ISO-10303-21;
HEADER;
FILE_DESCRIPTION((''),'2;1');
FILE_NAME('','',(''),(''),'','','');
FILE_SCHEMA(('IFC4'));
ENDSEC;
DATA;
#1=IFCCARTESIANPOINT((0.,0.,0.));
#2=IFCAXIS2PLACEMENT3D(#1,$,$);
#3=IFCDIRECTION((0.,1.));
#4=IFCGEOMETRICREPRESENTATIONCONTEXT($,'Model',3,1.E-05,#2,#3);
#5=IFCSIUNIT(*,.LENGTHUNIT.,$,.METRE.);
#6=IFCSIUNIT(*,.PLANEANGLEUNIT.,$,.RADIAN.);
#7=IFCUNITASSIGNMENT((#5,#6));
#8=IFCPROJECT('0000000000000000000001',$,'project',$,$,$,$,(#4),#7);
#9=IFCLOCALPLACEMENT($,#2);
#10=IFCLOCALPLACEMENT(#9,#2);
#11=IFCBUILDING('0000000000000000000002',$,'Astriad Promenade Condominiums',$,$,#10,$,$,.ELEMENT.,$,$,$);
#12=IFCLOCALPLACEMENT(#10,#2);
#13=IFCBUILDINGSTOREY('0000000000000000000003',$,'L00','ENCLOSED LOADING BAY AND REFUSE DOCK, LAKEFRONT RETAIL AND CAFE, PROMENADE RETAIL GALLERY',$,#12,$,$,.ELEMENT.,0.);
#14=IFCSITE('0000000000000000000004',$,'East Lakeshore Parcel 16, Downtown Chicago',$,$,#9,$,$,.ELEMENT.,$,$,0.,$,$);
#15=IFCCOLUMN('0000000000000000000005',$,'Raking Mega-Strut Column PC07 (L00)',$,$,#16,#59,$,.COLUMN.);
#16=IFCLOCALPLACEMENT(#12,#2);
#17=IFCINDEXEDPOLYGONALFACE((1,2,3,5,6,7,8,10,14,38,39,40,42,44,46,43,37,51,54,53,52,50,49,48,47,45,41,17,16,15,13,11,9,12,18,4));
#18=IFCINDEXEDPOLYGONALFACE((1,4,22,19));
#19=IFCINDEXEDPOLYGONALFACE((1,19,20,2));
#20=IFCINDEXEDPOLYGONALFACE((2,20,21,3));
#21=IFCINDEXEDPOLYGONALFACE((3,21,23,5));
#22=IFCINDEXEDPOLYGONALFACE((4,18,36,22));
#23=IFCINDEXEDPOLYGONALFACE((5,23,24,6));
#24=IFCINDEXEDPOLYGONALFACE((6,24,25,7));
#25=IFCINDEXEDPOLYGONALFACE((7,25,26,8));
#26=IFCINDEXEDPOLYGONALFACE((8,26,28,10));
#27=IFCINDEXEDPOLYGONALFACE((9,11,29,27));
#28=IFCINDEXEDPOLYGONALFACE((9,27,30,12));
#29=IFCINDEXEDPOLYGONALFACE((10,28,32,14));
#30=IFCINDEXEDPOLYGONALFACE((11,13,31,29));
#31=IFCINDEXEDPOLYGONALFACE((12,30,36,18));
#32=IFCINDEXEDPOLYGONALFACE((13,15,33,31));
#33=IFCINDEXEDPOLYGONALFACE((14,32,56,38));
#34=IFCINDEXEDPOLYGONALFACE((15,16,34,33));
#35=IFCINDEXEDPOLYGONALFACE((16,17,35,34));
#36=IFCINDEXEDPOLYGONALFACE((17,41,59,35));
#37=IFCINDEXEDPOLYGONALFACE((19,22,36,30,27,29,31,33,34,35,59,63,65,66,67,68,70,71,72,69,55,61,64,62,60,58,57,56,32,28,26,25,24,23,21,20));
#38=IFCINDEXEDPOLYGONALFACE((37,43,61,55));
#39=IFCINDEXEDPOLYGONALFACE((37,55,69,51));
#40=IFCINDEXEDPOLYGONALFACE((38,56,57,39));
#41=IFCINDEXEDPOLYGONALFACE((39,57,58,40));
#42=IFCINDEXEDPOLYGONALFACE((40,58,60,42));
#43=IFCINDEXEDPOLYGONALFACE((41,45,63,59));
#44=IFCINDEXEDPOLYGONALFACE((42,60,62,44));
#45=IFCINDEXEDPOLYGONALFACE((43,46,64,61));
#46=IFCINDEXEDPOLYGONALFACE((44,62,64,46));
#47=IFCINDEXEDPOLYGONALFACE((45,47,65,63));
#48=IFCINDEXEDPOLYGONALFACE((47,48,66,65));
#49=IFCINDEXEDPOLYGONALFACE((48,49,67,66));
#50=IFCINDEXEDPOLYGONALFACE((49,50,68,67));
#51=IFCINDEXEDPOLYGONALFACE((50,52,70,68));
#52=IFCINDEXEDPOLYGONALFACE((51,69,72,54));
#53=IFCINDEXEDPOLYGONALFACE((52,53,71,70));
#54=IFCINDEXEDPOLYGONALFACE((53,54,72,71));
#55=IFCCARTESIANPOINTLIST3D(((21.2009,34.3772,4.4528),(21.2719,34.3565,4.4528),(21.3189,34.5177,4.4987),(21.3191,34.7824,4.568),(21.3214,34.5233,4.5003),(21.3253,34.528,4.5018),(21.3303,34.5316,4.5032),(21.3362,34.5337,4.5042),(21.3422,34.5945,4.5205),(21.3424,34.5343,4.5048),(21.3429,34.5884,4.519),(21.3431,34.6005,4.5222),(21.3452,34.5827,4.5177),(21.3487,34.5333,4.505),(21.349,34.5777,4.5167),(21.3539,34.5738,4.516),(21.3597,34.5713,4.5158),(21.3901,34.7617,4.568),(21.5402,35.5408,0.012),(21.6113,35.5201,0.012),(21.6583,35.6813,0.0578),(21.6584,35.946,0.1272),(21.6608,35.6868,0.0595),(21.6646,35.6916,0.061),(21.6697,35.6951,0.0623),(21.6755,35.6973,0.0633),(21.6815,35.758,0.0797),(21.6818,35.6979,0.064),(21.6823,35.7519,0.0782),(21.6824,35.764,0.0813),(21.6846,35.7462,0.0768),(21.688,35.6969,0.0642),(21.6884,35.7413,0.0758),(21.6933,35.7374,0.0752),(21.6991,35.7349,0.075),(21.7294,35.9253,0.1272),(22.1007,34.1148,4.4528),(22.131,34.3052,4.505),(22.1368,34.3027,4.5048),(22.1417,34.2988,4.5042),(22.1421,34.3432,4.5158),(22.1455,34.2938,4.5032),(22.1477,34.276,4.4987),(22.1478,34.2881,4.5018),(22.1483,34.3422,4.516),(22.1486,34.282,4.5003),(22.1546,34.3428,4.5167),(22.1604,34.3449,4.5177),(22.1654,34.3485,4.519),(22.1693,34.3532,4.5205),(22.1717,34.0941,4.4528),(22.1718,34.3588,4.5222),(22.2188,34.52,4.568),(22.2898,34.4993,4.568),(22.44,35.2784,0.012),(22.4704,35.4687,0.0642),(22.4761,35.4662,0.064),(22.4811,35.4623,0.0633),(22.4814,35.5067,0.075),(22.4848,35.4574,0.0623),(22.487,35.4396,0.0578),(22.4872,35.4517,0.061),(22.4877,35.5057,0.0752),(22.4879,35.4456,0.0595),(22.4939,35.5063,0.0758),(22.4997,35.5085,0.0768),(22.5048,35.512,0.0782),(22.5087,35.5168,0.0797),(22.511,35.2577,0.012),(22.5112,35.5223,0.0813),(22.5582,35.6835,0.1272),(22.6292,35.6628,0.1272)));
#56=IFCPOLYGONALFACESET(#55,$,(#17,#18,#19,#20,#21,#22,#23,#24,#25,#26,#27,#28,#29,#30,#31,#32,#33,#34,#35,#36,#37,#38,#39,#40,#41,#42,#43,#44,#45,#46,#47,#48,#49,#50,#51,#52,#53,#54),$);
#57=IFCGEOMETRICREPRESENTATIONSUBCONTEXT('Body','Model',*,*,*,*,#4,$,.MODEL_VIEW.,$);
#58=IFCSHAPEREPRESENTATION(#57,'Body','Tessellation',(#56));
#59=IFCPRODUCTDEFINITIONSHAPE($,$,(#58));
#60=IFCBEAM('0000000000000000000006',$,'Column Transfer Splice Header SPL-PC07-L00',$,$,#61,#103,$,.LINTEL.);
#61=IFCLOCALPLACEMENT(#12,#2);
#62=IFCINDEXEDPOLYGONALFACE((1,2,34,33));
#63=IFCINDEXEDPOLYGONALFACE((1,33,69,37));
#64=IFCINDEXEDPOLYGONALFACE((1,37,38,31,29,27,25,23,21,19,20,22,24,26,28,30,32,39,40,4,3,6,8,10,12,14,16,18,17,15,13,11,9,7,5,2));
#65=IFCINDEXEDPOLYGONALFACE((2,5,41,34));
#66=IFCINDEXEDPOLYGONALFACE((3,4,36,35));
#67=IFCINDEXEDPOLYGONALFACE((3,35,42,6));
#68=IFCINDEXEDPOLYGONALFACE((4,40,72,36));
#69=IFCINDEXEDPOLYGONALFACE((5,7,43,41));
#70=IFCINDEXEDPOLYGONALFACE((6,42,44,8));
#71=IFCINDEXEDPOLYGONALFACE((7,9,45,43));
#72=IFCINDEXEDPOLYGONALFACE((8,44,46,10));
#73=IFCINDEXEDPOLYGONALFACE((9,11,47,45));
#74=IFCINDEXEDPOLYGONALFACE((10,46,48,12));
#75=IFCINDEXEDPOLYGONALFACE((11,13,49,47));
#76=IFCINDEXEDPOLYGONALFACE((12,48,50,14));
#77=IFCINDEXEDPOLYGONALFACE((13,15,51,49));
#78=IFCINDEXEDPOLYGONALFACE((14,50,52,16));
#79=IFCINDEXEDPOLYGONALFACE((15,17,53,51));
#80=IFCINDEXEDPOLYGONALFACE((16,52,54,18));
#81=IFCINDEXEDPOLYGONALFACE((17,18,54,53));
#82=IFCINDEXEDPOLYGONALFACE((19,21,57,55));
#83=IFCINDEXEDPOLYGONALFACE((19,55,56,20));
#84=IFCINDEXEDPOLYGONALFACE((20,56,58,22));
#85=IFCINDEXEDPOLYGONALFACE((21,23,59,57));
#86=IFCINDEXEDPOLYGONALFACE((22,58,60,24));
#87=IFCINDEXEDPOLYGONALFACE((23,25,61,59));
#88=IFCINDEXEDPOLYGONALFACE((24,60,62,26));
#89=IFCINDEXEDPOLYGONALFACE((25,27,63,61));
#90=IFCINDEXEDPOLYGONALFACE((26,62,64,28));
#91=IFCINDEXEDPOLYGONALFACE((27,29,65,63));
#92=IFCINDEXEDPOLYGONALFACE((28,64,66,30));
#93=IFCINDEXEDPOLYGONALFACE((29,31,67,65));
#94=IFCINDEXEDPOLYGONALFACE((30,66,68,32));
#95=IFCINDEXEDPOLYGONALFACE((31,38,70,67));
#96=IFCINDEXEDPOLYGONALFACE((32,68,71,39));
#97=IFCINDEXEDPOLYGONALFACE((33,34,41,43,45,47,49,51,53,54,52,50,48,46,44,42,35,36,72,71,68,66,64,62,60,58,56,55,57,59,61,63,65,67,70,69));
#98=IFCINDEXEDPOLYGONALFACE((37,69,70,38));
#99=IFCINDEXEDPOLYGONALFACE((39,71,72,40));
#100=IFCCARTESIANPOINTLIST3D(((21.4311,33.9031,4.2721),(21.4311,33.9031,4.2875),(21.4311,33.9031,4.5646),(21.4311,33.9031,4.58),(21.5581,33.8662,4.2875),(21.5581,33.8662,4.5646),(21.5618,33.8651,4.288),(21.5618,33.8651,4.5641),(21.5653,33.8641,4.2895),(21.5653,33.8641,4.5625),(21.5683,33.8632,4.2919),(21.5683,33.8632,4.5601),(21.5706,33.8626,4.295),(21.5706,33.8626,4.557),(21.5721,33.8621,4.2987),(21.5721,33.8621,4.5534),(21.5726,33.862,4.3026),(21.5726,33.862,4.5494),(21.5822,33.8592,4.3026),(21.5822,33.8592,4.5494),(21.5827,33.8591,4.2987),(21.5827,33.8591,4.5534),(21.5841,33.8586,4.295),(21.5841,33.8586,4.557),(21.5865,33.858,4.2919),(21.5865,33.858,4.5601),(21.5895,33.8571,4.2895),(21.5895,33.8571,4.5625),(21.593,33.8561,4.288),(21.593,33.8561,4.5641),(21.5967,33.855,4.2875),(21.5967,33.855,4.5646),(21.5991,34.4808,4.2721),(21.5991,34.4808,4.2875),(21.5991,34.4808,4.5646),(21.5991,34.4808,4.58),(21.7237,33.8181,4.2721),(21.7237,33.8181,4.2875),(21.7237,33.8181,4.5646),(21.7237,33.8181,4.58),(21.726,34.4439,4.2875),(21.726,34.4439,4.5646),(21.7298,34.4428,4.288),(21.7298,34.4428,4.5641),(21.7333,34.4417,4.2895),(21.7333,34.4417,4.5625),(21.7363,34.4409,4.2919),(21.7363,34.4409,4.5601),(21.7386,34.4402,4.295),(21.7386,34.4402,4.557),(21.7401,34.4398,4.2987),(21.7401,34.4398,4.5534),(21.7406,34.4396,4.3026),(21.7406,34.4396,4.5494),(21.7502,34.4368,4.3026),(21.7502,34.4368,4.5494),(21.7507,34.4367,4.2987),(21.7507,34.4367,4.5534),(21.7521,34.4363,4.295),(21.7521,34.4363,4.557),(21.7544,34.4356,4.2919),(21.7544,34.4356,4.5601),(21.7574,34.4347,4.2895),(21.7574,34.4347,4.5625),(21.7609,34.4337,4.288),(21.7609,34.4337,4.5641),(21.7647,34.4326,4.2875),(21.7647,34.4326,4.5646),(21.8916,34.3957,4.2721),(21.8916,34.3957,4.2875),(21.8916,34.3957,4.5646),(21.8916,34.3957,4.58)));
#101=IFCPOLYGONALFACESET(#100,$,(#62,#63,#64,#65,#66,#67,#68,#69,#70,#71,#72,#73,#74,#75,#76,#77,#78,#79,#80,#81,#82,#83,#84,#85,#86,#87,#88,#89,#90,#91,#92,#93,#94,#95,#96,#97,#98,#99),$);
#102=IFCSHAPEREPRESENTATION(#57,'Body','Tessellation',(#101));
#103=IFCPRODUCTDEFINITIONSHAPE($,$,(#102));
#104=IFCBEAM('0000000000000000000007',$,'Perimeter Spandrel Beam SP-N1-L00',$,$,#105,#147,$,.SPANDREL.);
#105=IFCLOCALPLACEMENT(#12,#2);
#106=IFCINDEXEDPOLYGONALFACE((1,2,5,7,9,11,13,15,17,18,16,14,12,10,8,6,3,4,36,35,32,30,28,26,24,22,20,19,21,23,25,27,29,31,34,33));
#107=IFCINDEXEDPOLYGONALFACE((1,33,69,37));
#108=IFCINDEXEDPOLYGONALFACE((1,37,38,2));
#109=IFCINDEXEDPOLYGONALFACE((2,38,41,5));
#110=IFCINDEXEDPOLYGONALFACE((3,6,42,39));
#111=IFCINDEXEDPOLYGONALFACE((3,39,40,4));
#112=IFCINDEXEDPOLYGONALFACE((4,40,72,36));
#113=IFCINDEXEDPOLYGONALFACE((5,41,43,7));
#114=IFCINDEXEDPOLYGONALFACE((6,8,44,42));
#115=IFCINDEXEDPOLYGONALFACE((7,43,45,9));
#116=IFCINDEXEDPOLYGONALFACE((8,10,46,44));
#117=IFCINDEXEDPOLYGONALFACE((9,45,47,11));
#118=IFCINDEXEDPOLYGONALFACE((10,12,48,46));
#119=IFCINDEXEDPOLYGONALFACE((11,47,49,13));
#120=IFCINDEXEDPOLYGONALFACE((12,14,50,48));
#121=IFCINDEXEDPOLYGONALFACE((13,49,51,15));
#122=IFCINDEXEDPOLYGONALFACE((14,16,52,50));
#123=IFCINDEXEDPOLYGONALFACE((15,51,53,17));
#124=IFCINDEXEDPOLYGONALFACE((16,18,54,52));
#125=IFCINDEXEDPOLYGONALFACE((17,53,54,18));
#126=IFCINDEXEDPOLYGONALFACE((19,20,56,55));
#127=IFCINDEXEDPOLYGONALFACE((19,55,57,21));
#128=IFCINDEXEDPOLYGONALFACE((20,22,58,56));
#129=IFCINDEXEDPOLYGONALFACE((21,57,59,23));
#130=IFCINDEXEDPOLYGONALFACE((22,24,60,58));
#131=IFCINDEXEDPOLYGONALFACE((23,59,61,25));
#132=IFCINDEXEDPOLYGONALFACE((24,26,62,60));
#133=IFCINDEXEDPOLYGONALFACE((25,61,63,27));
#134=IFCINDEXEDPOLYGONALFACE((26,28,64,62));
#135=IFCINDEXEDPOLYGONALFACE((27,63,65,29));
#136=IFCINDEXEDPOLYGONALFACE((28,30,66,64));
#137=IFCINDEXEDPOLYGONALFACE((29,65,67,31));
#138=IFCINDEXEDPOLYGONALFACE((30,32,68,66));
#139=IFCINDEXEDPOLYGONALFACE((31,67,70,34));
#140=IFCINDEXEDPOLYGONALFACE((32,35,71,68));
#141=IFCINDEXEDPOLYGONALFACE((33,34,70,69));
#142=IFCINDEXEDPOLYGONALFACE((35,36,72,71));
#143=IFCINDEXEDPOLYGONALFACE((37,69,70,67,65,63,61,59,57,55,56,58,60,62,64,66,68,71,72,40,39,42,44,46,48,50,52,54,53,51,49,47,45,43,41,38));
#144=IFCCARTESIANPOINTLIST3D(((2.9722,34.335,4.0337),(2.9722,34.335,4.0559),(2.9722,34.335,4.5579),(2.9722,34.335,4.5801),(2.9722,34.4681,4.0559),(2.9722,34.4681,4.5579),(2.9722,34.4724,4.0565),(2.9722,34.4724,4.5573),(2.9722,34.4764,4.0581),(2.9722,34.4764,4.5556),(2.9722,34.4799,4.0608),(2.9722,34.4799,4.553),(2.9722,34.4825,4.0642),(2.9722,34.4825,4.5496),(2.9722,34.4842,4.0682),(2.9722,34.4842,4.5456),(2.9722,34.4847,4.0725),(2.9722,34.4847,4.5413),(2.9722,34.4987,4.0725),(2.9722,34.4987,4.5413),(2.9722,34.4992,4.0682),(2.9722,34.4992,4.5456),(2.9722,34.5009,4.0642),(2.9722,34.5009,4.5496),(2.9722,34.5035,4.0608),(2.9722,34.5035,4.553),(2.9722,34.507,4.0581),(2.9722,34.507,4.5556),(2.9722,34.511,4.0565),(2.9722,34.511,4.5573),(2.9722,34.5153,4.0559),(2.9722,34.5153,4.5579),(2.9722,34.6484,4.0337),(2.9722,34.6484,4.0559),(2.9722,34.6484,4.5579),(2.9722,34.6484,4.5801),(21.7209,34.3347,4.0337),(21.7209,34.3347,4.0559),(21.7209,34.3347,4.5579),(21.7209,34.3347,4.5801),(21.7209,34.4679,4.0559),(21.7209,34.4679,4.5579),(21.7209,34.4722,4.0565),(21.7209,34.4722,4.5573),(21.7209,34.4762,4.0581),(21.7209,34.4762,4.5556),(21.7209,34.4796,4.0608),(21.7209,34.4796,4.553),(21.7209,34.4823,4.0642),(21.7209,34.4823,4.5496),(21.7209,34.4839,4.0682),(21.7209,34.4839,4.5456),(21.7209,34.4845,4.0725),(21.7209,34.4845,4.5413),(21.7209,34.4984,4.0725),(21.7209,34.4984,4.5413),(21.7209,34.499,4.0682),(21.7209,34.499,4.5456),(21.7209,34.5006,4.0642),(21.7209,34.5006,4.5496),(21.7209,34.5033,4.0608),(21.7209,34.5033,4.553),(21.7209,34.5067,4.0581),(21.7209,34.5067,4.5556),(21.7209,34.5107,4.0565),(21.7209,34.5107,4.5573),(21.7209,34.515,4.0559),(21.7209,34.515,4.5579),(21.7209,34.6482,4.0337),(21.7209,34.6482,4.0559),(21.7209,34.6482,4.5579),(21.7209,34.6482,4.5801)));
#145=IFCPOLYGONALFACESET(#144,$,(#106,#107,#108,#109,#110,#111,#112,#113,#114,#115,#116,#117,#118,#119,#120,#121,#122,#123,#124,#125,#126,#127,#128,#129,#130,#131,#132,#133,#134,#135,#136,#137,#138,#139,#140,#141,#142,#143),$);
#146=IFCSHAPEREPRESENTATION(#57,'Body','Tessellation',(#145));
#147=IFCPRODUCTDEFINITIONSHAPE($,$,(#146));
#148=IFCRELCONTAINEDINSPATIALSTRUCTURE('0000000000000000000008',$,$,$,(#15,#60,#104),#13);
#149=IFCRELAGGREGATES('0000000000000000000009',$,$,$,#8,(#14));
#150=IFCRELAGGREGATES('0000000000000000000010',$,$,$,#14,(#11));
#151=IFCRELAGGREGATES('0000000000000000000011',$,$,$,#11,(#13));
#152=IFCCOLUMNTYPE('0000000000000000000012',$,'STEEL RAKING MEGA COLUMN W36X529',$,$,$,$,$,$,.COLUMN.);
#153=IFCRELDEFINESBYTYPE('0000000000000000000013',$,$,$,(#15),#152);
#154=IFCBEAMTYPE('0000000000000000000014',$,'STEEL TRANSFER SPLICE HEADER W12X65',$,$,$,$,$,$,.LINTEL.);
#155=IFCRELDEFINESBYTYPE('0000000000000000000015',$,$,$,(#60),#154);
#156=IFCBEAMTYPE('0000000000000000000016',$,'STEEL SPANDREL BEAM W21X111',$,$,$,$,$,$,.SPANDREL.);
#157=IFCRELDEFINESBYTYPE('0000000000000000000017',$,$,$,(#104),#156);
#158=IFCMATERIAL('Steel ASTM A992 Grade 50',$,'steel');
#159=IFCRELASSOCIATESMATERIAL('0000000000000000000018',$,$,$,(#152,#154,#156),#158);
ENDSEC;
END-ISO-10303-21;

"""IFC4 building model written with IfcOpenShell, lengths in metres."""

from ifc_helpers import new_model, si_unit, direction, frame, origin, origin_2d, place, context, subcontext, project, spatial, i_section, extrude, source, transform, mapped, material, material_profile, profile_set, type_object, type_shapes, element, save


model = new_model("IFC4")

# Units and contexts
model_context = context("Model", 3, precision=1e-05, world=origin(), true_north=direction((0.0, 1.0)))
body_context = subcontext(model_context, "Body", "Model", "MODEL_VIEW")
ifc_project = project(units=[si_unit("LENGTHUNIT", "METRE"), si_unit("PLANEANGLEUNIT", "RADIAN")], contexts=[model_context])

# Site, building, storey
site_placement = place(None, origin())
site = spatial("IfcSite", under=ifc_project, at=site_placement, Name="East Lakeshore Parcel 16, Downtown Chicago", CompositionType="ELEMENT", RefElevation=0.0)
building_placement = place(site_placement, origin())
building = spatial("IfcBuilding", under=site, at=building_placement, Name="Astriad Promenade Condominiums", CompositionType="ELEMENT")
storey_placement = place(building_placement, origin())
storey = spatial("IfcBuildingStorey", under=building, at=storey_placement, Name="L00", Description="ENCLOSED LOADING BAY AND REFUSE DOCK, LAKEFRONT RETAIL AND CAFE, PROMENADE RETAIL GALLERY", CompositionType="ELEMENT", Elevation=0.0)

# Column
ifc_material_1 = material(Name="Steel ASTM A992 Grade 50", Category="steel")
ifc_material_profile_1 = material_profile(ifc_material_1, i_section(OverallWidth=0.4375, OverallDepth=1.0112, WebThickness=0.041, FlangeThickness=0.074, FilletRadius=0.0242, at=origin_2d()), Name="W36X529")
ifc_profile_set_1 = profile_set([ifc_material_profile_1], Name="Steel ASTM A992 Grade 50")
column_type = type_object("IfcColumnType", Name="STEEL RAKING MEGA COLUMN W36X529", PredefinedType="COLUMN", material=ifc_profile_set_1)
shared_shape_1 = source(origin(), body_context, "Body", "SweptSolid", [
    extrude(i_section(OverallWidth=0.4375, OverallDepth=1.0112, WebThickness=0.041, FlangeThickness=0.074, FilletRadius=0.0242, at=origin_2d()), origin(), (0.0, 0.0, 1.0), 4.6033),
])
type_shapes(column_type, [shared_shape_1])
column_placement = place(storey_placement, frame((22.0847, 35.6018, 0.0696), z_axis=(-0.073719, -0.252767, 0.964715), x_axis=(0.270105, 0.92613, 0.263298)))
element("IfcColumn", 1, at=column_placement, inside=storey, type_object=column_type, Name="Raking Mega-Strut Column PC07 (L00)", PredefinedType="COLUMN", context=body_context, shape_type="MappedRepresentation", body=[
    mapped(shared_shape_1, transform((0.0, 0.0, 0.0), scale=1.0)),
])

# Beams
ifc_material_profile_2 = material_profile(ifc_material_1, i_section(OverallWidth=0.3047, OverallDepth=0.3079, WebThickness=0.01, FlangeThickness=0.0154, FilletRadius=0.0151, at=origin_2d()), Name="W12X65")
ifc_profile_set_2 = profile_set([ifc_material_profile_2], Name="Steel ASTM A992 Grade 50")
beam_type_1 = type_object("IfcBeamType", Name="STEEL TRANSFER SPLICE HEADER W12X65", PredefinedType="LINTEL", material=ifc_profile_set_2)
shared_shape_2 = source(origin(), body_context, "Body", "SweptSolid", [
    extrude(i_section(OverallWidth=0.3047, OverallDepth=0.3079, WebThickness=0.01, FlangeThickness=0.0154, FilletRadius=0.0151, at=origin_2d()), origin(), (0.0, 0.0, 1.0), 0.6016),
])
type_shapes(beam_type_1, [shared_shape_2])
beam_1_placement = place(storey_placement, frame((21.7454, 34.4382, 4.426), z_axis=(-0.279221, -0.960227, 0.0), x_axis=(0.960227, -0.279221, 0.0)))
element("IfcBeam", 2, at=beam_1_placement, inside=storey, type_object=beam_type_1, Name="Column Transfer Splice Header SPL-PC07-L00", PredefinedType="LINTEL", context=body_context, shape_type="MappedRepresentation", body=[
    mapped(shared_shape_2, transform((0.0, 0.0, 0.0), scale=1.0)),
])
ifc_material_profile_3 = material_profile(ifc_material_1, i_section(OverallWidth=0.3135, OverallDepth=0.5464, WebThickness=0.0139, FlangeThickness=0.0222, FilletRadius=0.0166, at=origin_2d()), Name="W21X111")
ifc_profile_set_3 = profile_set([ifc_material_profile_3], Name="Steel ASTM A992 Grade 50")
beam_type_2 = type_object("IfcBeamType", Name="STEEL SPANDREL BEAM W21X111", PredefinedType="SPANDREL", material=ifc_profile_set_3)
shared_shape_3 = source(origin(), body_context, "Body", "SweptSolid", [
    extrude(i_section(OverallWidth=0.3135, OverallDepth=0.5464, WebThickness=0.0139, FlangeThickness=0.0222, FilletRadius=0.0166, at=origin_2d()), origin(), (0.0, 0.0, 1.0), 18.7488),
])
type_shapes(beam_type_2, [shared_shape_3])
beam_2_placement = place(storey_placement, frame((21.7209, 34.4915, 4.3069), z_axis=(-1.0, 0.000013, 0.0), x_axis=(-0.000013, -1.0, 0.0)))
element("IfcBeam", 3, at=beam_2_placement, inside=storey, type_object=beam_type_2, Name="Perimeter Spandrel Beam SP-N1-L00", PredefinedType="SPANDREL", context=body_context, shape_type="MappedRepresentation", body=[
    mapped(shared_shape_3, transform((0.0, 0.0, 0.0), scale=1.0)),
])

save(model, "model.ifc")
